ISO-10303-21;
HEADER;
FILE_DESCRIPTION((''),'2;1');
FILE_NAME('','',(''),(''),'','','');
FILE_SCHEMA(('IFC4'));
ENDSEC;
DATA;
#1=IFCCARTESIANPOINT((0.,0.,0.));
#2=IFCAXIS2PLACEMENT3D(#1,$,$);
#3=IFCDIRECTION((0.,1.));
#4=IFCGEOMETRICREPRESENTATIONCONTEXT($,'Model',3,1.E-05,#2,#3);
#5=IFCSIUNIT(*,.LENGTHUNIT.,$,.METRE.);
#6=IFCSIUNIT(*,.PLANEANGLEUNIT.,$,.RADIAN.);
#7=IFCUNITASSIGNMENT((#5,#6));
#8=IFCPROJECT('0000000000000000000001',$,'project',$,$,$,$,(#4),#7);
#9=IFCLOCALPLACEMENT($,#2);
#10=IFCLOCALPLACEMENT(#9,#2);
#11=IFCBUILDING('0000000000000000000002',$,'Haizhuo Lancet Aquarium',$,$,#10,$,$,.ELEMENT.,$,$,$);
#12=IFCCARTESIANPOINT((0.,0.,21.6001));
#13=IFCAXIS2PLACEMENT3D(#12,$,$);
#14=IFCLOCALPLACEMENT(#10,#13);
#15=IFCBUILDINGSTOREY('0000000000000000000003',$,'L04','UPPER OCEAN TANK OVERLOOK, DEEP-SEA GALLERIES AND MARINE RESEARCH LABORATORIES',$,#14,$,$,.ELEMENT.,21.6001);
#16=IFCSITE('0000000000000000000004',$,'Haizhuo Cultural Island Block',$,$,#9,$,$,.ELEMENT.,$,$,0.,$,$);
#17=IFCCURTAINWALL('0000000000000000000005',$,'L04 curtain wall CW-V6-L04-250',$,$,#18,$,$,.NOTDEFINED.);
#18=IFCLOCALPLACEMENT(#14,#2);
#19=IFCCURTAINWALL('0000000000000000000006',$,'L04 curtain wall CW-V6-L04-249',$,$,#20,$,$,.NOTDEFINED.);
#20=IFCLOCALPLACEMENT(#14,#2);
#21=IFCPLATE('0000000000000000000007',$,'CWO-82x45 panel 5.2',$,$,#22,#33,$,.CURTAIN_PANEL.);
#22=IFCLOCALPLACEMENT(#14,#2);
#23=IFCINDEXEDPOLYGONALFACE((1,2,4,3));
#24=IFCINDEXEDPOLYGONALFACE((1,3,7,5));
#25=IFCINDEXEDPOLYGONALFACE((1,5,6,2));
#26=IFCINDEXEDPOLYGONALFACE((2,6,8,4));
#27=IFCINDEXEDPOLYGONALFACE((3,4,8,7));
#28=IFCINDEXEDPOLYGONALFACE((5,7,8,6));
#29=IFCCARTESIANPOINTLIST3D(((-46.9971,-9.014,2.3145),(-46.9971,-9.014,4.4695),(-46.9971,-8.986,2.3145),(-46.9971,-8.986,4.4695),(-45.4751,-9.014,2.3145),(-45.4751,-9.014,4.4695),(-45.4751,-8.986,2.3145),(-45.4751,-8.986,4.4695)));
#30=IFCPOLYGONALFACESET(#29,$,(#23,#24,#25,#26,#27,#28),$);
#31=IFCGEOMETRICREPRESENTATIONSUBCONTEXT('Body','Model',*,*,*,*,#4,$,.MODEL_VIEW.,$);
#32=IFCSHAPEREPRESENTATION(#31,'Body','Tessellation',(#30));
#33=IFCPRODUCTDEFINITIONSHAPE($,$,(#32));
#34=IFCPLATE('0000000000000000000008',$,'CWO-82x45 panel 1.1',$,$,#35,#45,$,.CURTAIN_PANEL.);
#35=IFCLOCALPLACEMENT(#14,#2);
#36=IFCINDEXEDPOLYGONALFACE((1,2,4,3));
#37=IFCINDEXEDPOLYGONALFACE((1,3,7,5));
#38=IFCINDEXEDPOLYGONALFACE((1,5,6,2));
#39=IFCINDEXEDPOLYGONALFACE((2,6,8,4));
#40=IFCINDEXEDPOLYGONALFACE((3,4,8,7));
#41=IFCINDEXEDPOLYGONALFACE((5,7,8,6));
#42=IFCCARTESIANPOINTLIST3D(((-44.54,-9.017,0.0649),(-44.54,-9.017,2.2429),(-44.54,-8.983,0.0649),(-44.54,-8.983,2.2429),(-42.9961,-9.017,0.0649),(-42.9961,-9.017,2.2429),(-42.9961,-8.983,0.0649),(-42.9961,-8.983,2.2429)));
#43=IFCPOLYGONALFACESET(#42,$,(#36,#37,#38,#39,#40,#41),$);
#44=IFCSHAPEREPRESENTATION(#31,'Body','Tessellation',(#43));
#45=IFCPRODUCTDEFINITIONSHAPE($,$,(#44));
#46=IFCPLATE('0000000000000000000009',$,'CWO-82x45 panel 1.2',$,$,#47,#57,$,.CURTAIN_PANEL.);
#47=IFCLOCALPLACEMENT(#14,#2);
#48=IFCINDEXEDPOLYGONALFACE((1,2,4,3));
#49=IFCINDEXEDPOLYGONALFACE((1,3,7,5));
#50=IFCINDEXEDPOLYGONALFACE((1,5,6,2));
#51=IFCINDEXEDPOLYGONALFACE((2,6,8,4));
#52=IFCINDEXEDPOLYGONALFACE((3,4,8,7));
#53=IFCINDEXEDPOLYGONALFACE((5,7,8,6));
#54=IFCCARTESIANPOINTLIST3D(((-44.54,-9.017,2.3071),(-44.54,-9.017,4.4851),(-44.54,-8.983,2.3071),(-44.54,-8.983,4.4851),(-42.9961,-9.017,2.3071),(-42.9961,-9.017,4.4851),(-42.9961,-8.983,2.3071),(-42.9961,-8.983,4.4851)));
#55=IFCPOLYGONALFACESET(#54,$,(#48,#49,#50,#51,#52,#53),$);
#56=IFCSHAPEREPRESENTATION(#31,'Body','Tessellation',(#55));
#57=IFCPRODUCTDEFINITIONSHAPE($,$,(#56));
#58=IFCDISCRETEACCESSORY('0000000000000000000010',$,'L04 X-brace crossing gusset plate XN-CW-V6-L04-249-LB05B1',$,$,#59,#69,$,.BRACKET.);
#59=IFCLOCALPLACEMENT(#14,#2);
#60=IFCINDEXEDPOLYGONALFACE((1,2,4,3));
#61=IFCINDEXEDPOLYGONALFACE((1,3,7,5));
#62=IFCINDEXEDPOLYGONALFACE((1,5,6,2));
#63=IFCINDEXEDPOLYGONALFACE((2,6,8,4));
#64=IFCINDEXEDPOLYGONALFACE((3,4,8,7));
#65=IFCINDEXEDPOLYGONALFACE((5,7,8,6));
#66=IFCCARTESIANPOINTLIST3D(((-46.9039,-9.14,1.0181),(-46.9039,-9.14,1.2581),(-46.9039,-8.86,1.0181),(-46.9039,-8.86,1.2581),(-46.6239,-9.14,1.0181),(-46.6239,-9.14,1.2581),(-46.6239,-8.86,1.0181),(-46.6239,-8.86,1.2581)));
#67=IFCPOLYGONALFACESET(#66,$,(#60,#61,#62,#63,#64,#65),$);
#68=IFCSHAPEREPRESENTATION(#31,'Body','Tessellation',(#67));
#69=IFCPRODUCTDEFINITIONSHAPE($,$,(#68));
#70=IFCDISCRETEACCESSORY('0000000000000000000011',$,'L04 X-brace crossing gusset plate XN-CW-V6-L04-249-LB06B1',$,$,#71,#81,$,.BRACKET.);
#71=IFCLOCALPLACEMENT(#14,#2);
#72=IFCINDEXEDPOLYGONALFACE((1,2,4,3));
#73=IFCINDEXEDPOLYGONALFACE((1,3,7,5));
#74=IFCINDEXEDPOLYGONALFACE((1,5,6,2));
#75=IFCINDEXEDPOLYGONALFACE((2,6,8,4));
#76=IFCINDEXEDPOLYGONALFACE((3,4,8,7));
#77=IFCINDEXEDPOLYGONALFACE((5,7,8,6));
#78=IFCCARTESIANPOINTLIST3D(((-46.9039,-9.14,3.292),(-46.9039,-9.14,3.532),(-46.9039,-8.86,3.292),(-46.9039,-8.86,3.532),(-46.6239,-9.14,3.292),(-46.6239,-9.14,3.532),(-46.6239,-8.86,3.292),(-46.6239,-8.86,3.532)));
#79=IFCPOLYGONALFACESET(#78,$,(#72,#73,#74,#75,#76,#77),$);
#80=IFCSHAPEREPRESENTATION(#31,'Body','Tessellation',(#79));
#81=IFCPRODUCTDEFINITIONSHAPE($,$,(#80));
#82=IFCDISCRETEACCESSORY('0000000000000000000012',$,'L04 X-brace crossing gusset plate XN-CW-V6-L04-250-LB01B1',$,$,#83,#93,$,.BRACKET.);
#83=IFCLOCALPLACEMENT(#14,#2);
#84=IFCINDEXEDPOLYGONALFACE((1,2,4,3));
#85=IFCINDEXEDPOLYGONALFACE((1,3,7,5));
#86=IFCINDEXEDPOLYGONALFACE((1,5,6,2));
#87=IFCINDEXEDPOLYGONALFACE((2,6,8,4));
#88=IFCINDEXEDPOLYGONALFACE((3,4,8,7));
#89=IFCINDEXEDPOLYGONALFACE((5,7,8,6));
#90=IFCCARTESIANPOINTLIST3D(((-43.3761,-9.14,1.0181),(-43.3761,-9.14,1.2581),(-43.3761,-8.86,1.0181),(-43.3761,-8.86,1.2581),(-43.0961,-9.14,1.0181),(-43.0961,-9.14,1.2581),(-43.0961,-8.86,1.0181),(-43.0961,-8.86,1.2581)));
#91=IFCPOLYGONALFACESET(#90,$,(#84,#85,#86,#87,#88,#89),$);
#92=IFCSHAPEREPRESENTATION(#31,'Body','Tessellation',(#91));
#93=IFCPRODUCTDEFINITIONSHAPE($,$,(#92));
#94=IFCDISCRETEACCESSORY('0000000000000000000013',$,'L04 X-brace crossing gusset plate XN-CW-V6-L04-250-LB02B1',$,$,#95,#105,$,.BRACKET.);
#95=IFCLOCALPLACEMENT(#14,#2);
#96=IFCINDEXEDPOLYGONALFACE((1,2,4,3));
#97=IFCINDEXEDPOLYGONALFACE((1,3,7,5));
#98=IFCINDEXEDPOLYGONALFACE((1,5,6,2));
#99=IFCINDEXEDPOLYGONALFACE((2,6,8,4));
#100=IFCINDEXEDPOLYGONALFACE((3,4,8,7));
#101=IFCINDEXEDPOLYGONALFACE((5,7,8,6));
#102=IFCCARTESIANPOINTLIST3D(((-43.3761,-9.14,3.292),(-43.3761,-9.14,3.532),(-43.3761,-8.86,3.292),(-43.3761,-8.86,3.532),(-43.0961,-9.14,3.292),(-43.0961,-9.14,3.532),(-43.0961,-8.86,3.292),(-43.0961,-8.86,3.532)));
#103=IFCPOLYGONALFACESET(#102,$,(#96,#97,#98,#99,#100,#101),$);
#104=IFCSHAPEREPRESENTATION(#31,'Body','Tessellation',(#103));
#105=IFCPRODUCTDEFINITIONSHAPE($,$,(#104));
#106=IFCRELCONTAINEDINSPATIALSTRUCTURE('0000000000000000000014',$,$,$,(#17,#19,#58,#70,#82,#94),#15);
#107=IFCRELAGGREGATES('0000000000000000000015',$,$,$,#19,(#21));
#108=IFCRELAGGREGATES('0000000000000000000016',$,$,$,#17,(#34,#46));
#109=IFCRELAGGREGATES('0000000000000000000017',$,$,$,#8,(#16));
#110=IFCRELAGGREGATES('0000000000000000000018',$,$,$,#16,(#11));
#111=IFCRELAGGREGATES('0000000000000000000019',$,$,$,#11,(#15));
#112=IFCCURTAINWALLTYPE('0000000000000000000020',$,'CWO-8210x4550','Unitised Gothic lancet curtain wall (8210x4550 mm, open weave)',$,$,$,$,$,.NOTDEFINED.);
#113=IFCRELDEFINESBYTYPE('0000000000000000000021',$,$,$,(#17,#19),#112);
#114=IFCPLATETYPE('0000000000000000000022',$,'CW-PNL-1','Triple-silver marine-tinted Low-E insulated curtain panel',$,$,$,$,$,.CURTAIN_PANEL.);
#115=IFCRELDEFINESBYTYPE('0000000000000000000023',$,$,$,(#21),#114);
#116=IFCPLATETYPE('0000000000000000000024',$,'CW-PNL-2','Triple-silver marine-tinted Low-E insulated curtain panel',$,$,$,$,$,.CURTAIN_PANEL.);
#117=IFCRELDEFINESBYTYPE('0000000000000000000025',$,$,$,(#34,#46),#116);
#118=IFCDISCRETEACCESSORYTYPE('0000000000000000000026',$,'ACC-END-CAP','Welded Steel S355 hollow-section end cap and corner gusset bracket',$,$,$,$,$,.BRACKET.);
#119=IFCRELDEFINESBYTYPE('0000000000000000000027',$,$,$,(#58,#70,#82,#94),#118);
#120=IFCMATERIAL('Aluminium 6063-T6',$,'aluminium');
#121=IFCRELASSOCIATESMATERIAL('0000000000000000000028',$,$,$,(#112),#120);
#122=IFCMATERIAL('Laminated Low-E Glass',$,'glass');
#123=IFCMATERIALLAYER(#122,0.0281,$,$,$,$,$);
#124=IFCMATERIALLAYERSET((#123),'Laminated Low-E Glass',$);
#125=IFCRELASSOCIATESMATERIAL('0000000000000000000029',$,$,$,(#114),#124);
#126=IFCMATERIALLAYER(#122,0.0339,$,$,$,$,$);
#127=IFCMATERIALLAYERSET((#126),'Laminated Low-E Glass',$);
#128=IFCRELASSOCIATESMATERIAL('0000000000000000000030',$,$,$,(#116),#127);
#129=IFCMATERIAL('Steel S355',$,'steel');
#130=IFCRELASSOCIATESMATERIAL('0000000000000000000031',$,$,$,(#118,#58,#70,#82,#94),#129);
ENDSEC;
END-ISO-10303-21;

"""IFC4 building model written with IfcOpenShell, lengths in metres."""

from ifc_helpers import new_model, si_unit, direction, frame, origin, origin_2d, place, context, subcontext, project, spatial, rectangle, extrude, material, layer, layer_set, type_object, element, aggregate, save


model = new_model("IFC4")

# Units and contexts
model_context = context("Model", 3, precision=1e-05, world=origin(), true_north=direction((0.0, 1.0)))
body_context = subcontext(model_context, "Body", "Model", "MODEL_VIEW")
ifc_project = project(units=[si_unit("LENGTHUNIT", "METRE"), si_unit("PLANEANGLEUNIT", "RADIAN")], contexts=[model_context])

# Site, building, storey
site_placement = place(None, origin())
site = spatial("IfcSite", under=ifc_project, at=site_placement, Name="Haizhuo Cultural Island Block", CompositionType="ELEMENT", RefElevation=0.0)
building_placement = place(site_placement, origin())
building = spatial("IfcBuilding", under=site, at=building_placement, Name="Haizhuo Lancet Aquarium", CompositionType="ELEMENT")
storey_placement = place(building_placement, frame((0.0, 0.0, 21.6001)))
storey = spatial("IfcBuildingStorey", under=building, at=storey_placement, Name="L04", Description="UPPER OCEAN TANK OVERLOOK, DEEP-SEA GALLERIES AND MARINE RESEARCH LABORATORIES", CompositionType="ELEMENT", Elevation=21.6001)

# Shared definitions
ifc_material_1 = material(Name="Steel S355", Category="steel")

# Curtain wall
ifc_material_2 = material(Name="Aluminium 6063-T6", Category="aluminium")
curtain_wall_type = type_object("IfcCurtainWallType", Name="CWO-8210x4550", Description="Unitised Gothic lancet curtain wall (8210x4550 mm, open weave)", PredefinedType="NOTDEFINED", material=ifc_material_2)
curtain_wall_1_placement = place(storey_placement, origin())
curtain_wall_1 = element("IfcCurtainWall", 1, at=curtain_wall_1_placement, inside=storey, type_object=curtain_wall_type, Name="L04 curtain wall CW-V6-L04-250", PredefinedType="NOTDEFINED")

# Curtain wall
curtain_wall_2_placement = place(storey_placement, origin())
curtain_wall_2 = element("IfcCurtainWall", 2, at=curtain_wall_2_placement, inside=storey, type_object=curtain_wall_type, Name="L04 curtain wall CW-V6-L04-249", PredefinedType="NOTDEFINED")

# Plates
ifc_material_3 = material(Name="Laminated Low-E Glass", Category="glass")
ifc_layer_1 = layer(ifc_material_3, 0.0281)
ifc_layer_set_1 = layer_set([ifc_layer_1], Name="Laminated Low-E Glass")
plate_type_1 = type_object("IfcPlateType", Name="CW-PNL-1", Description="Triple-silver marine-tinted Low-E insulated curtain panel", PredefinedType="CURTAIN_PANEL", material=ifc_layer_set_1)
plate_1_placement = place(storey_placement, frame((-46.2361, -9.0, 2.3145), z_axis=(0.0, 0.0, 1.0), x_axis=(1.0, 0.0, 0.0)))
plate_1 = element("IfcPlate", 3, at=plate_1_placement, type_object=plate_type_1, Name="CWO-82x45 panel 5.2", PredefinedType="CURTAIN_PANEL", context=body_context, shape_type="SweptSolid", body=[
    extrude(rectangle(XDim=1.522, YDim=0.0281, at=origin_2d()), origin(), (0.0, 0.0, 1.0), 2.155),
])
aggregate(curtain_wall_2, [plate_1])
ifc_layer_2 = layer(ifc_material_3, 0.0339)
ifc_layer_set_2 = layer_set([ifc_layer_2], Name="Laminated Low-E Glass")
plate_type_2 = type_object("IfcPlateType", Name="CW-PNL-2", Description="Triple-silver marine-tinted Low-E insulated curtain panel", PredefinedType="CURTAIN_PANEL", material=ifc_layer_set_2)
plate_2_placement = place(storey_placement, frame((-43.7681, -9.0, 0.0649), z_axis=(0.0, 0.0, 1.0), x_axis=(1.0, 0.0, 0.0)))
plate_2 = element("IfcPlate", 4, at=plate_2_placement, type_object=plate_type_2, Name="CWO-82x45 panel 1.1", PredefinedType="CURTAIN_PANEL", context=body_context, shape_type="SweptSolid", body=[
    extrude(rectangle(XDim=1.5439, YDim=0.0339, at=origin_2d()), origin(), (0.0, 0.0, 1.0), 2.178),
])
plate_3_placement = place(storey_placement, frame((-43.7681, -9.0, 2.3071), z_axis=(0.0, 0.0, 1.0), x_axis=(1.0, 0.0, 0.0)))
plate_3 = element("IfcPlate", 5, at=plate_3_placement, type_object=plate_type_2, Name="CWO-82x45 panel 1.2", PredefinedType="CURTAIN_PANEL", context=body_context, shape_type="SweptSolid", body=[
    extrude(rectangle(XDim=1.5439, YDim=0.0339, at=origin_2d()), origin(), (0.0, 0.0, 1.0), 2.178),
])
aggregate(curtain_wall_1, [plate_2, plate_3])

# Discrete accessories
discrete_accessory_type = type_object("IfcDiscreteAccessoryType", Name="ACC-END-CAP", Description="Welded Steel S355 hollow-section end cap and corner gusset bracket", PredefinedType="BRACKET", material=ifc_material_1)
for number, where, z_axis, x_axis, name in (
    (6, (-46.7639, -9.0, 1.0181), (0.0, 0.0, 1.0), (1.0, 0.0, 0.0), "L04 X-brace crossing gusset plate XN-CW-V6-L04-249-LB05B1"),
    (7, (-46.7639, -9.0, 3.292), (0.0, 0.0, 1.0), (1.0, 0.0, 0.0), "L04 X-brace crossing gusset plate XN-CW-V6-L04-249-LB06B1"),
    (8, (-43.2361, -9.0, 1.0181), (0.0, 0.0, 1.0), (1.0, 0.0, 0.0), "L04 X-brace crossing gusset plate XN-CW-V6-L04-250-LB01B1"),
    (9, (-43.2361, -9.0, 3.292), (0.0, 0.0, 1.0), (1.0, 0.0, 0.0), "L04 X-brace crossing gusset plate XN-CW-V6-L04-250-LB02B1"),
):
    element("IfcDiscreteAccessory", number, at=place(storey_placement, frame(where, z_axis=z_axis, x_axis=x_axis)), inside=storey, type_object=discrete_accessory_type, material=ifc_material_1, Name=name, PredefinedType="BRACKET", context=body_context, shape_type="SweptSolid", body=[
        extrude(rectangle(XDim=0.28, YDim=0.28, at=origin_2d()), origin(), (0.0, 0.0, 1.0), 0.24),
    ])

save(model, "model.ifc")
